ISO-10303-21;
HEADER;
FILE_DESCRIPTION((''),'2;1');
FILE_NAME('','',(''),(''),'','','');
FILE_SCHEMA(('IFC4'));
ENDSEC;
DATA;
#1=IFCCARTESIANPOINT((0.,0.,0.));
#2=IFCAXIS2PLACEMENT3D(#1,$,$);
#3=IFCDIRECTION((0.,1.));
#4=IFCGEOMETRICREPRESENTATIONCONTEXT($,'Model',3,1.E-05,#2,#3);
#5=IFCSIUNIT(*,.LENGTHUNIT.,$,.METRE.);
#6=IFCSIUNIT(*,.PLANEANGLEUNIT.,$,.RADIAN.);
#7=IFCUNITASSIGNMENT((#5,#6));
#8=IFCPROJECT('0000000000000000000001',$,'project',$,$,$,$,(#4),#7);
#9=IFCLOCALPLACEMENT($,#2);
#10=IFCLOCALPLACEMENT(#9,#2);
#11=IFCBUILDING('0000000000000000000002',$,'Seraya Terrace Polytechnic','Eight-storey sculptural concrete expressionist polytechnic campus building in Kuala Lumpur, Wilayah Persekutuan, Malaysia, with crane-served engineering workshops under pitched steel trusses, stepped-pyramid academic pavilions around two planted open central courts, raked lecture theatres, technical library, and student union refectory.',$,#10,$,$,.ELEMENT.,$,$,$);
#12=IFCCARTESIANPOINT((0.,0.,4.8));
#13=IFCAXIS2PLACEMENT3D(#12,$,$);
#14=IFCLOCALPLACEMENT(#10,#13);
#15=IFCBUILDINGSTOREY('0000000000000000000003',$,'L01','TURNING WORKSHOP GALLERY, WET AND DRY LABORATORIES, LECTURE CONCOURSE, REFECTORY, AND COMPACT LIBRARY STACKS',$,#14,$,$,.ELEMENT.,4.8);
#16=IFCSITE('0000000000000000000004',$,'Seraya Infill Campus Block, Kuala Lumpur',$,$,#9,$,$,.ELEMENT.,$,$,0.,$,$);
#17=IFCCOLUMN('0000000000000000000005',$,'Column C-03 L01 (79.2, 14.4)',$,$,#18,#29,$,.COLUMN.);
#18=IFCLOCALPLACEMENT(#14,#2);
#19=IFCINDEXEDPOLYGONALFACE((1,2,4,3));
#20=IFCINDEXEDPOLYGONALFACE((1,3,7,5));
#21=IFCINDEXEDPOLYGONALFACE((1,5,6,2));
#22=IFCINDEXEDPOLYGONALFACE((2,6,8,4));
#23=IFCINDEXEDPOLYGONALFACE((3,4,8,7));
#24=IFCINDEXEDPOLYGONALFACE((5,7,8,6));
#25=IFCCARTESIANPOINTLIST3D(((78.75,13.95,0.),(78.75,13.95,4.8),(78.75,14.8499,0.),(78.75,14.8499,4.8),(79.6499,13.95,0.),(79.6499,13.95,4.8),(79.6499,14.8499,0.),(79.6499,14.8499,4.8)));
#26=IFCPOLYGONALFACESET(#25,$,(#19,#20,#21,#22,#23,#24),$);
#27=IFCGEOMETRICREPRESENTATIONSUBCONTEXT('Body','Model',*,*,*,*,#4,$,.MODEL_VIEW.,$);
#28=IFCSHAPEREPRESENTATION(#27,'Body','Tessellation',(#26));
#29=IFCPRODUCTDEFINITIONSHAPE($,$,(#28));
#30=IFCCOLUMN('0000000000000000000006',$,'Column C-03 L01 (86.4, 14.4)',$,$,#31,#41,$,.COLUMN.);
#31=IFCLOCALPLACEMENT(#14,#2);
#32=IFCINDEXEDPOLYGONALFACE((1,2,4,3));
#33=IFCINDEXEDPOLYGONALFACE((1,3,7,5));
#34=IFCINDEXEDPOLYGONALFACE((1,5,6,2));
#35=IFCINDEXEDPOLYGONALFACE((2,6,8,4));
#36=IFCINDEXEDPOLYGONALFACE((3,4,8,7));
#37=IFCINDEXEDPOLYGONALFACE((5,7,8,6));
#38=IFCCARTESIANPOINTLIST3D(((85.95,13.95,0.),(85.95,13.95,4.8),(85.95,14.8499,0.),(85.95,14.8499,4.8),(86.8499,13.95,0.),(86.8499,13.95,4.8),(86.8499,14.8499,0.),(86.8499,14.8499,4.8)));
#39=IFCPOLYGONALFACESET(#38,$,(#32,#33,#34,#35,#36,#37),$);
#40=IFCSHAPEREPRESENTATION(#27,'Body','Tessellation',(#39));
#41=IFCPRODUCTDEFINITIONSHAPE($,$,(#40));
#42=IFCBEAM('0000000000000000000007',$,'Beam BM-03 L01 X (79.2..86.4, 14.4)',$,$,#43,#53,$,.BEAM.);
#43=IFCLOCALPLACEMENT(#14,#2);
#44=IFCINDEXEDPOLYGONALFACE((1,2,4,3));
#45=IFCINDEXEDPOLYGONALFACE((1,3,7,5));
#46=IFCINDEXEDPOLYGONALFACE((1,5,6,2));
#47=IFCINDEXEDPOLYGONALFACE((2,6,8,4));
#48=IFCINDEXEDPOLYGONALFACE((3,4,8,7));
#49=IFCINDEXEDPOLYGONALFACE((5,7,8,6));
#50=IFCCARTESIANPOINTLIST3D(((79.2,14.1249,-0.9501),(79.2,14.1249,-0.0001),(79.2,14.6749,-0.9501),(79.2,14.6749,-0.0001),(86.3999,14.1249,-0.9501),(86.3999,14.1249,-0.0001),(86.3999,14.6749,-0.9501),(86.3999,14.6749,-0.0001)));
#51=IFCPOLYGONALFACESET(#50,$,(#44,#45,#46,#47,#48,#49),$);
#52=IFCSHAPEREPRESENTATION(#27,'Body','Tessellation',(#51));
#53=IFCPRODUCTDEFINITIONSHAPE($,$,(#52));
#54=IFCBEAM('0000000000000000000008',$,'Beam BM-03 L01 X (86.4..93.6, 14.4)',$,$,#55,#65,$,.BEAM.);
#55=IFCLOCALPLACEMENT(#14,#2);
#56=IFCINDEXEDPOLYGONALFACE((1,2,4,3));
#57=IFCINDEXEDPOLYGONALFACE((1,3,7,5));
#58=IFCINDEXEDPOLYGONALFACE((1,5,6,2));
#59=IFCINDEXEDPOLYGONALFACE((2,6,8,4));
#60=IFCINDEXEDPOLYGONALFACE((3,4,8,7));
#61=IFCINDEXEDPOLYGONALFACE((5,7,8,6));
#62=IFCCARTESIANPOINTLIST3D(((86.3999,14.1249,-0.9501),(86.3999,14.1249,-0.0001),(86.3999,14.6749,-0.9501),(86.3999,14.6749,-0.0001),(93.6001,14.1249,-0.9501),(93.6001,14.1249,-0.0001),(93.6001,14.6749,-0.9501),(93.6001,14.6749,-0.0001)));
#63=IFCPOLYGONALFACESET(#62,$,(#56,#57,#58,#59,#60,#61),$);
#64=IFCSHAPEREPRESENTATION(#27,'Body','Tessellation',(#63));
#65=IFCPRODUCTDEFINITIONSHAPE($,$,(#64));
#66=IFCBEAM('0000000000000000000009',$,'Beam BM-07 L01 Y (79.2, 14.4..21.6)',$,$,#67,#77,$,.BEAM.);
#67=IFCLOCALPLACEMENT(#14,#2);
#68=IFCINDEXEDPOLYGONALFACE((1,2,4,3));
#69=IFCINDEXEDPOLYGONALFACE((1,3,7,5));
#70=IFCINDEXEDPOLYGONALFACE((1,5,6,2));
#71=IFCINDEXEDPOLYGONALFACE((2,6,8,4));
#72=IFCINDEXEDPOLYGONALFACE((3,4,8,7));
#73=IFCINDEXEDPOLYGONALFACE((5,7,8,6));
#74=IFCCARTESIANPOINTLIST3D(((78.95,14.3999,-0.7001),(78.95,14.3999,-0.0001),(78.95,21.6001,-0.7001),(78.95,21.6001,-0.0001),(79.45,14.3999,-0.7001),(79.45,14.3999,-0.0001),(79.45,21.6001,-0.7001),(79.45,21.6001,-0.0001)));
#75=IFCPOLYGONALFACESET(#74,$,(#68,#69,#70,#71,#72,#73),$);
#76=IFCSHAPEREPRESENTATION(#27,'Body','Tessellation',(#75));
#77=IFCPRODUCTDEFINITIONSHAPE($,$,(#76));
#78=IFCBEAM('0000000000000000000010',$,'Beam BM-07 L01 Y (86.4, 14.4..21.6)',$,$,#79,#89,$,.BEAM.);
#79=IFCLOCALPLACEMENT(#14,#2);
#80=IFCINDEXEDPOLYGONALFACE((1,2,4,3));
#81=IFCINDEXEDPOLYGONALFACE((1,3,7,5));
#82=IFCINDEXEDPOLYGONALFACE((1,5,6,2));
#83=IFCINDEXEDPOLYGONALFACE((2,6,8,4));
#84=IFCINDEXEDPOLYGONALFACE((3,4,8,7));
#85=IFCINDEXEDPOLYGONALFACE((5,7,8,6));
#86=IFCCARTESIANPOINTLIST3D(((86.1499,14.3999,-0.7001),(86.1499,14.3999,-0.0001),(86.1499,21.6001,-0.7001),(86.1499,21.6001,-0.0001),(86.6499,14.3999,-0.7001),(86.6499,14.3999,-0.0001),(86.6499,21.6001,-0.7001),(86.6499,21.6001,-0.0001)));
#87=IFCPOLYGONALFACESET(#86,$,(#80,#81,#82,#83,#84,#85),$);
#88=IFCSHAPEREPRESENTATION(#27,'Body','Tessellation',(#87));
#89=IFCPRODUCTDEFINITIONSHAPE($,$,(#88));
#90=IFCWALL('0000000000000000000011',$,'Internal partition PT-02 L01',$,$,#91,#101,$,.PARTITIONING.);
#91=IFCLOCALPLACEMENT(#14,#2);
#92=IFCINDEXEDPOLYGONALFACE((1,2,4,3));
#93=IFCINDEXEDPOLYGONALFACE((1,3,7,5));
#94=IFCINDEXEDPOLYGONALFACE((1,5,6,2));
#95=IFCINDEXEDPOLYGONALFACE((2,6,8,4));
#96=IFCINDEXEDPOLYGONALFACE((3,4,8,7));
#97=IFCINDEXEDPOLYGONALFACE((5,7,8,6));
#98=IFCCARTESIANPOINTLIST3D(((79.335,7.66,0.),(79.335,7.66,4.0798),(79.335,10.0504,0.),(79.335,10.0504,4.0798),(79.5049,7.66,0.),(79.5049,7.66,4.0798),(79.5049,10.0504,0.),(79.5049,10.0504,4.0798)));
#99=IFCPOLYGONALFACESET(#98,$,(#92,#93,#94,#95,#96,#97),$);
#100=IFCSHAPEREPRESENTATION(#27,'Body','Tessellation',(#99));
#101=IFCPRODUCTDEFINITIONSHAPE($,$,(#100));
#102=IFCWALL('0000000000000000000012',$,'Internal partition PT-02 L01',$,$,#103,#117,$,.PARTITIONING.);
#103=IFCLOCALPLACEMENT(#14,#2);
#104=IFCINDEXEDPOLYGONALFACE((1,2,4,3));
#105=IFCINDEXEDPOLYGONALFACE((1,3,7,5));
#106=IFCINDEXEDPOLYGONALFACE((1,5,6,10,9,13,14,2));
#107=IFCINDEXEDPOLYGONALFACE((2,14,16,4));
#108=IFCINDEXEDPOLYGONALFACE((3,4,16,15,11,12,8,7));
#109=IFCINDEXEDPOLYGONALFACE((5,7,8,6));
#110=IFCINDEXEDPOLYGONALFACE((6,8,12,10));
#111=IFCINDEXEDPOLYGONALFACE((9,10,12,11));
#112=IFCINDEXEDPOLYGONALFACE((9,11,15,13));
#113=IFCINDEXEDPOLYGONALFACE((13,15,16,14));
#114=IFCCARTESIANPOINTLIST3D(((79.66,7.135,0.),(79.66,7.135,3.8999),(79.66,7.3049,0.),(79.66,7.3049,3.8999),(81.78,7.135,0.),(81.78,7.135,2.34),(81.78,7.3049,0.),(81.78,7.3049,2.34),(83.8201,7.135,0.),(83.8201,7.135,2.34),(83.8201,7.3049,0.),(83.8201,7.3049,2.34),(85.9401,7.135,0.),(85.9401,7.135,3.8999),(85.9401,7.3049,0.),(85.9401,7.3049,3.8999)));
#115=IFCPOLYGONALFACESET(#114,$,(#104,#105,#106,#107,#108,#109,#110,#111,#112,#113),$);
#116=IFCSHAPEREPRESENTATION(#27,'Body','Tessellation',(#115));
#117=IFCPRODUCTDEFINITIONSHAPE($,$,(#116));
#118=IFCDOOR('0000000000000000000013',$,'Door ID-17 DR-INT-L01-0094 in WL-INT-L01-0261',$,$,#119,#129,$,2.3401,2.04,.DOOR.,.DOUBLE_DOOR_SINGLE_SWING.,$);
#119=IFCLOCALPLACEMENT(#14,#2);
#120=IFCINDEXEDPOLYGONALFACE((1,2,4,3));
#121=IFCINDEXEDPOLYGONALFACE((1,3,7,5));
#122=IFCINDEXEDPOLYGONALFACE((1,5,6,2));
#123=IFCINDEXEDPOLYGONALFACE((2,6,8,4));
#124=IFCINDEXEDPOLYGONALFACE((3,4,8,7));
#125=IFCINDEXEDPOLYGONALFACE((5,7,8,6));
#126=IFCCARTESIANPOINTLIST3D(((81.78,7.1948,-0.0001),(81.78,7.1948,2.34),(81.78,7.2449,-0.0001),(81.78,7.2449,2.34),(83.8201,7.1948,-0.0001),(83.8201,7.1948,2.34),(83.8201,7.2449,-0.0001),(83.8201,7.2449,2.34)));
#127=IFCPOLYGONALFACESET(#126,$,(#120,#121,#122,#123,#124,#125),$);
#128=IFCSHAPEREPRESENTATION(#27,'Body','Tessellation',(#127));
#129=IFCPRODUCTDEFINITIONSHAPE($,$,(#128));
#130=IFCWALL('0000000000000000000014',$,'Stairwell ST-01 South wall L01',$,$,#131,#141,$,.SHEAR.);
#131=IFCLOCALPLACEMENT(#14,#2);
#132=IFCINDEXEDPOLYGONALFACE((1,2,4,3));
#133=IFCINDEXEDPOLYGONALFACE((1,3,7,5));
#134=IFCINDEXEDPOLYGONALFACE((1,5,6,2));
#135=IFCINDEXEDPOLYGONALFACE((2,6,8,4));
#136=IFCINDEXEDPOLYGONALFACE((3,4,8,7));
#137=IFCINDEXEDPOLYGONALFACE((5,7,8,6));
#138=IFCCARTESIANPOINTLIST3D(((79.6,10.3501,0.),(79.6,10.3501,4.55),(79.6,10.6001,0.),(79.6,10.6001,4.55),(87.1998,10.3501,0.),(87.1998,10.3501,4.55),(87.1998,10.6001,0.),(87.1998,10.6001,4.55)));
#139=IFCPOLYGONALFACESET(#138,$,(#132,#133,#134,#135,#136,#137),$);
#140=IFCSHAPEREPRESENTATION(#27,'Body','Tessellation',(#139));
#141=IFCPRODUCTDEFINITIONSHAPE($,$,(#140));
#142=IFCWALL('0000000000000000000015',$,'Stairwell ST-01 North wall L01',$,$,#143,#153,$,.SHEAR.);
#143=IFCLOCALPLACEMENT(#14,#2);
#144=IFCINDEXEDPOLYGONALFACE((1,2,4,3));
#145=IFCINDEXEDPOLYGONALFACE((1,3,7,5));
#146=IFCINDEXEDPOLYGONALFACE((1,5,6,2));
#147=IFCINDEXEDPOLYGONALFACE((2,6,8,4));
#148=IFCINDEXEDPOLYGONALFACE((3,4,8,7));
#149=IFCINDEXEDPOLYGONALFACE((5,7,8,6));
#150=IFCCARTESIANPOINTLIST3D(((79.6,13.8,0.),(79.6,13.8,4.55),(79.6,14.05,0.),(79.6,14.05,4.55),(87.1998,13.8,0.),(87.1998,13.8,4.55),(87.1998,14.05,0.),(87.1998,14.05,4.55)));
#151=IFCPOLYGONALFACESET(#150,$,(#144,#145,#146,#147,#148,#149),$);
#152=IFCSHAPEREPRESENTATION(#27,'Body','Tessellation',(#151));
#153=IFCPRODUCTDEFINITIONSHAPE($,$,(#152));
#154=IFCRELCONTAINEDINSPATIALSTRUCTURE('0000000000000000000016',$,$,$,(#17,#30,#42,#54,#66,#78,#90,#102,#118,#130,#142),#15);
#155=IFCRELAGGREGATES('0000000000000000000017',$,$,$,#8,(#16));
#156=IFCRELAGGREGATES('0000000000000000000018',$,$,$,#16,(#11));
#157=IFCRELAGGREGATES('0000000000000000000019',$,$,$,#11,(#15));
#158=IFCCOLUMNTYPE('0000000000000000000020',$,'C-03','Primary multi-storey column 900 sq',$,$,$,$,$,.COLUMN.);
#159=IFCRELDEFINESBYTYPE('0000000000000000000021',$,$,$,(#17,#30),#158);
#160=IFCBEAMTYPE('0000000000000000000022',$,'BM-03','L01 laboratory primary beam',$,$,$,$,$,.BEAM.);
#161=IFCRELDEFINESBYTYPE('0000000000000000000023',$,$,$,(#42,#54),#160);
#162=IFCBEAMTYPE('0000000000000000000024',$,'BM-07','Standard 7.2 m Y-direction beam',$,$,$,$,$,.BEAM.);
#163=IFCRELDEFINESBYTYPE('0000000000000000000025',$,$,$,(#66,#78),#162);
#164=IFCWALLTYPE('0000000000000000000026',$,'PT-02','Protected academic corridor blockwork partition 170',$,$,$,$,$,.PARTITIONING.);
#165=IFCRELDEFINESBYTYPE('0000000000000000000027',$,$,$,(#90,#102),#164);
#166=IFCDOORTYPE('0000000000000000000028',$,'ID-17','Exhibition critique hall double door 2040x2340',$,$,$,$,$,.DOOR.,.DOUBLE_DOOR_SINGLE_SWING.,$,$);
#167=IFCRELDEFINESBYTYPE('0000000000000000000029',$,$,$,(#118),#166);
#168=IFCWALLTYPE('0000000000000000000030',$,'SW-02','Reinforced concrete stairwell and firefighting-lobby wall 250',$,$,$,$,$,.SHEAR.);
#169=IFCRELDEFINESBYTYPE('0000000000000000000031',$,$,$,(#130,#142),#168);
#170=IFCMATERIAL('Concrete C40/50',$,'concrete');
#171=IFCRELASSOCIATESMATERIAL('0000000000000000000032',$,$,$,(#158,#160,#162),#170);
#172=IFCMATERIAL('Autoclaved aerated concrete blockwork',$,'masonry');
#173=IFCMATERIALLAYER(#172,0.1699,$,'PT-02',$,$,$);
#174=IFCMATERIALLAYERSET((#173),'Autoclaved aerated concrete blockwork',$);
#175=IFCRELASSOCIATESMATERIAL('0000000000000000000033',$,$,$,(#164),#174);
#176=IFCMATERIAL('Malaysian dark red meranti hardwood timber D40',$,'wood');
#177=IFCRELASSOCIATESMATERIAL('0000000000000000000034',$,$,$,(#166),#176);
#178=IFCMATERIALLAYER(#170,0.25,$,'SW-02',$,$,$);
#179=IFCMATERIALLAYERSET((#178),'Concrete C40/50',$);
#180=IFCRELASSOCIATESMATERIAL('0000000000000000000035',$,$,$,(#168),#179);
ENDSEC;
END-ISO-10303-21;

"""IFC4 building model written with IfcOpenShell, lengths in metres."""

from ifc_helpers import new_model, si_unit, direction, frame, frame_2d, origin, origin_2d, place, context, subcontext, project, spatial, rectangle, extrude, material, layer, layer_set, material_profile, profile_set, type_object, element, fill, save


model = new_model("IFC4")

# Units and contexts
model_context = context("Model", 3, precision=1e-05, world=origin(), true_north=direction((0.0, 1.0)))
body_context = subcontext(model_context, "Body", "Model", "MODEL_VIEW")
ifc_project = project(units=[si_unit("LENGTHUNIT", "METRE"), si_unit("PLANEANGLEUNIT", "RADIAN")], contexts=[model_context])

# Site, building, storey
site_placement = place(None, origin())
site = spatial("IfcSite", under=ifc_project, at=site_placement, Name="Seraya Infill Campus Block, Kuala Lumpur", CompositionType="ELEMENT", RefElevation=0.0)
building_placement = place(site_placement, origin())
building = spatial("IfcBuilding", under=site, at=building_placement, Name="Seraya Terrace Polytechnic", Description="Eight-storey sculptural concrete expressionist polytechnic campus building in Kuala Lumpur, Wilayah Persekutuan, Malaysia, with crane-served engineering workshops under pitched steel trusses, stepped-pyramid academic pavilions around two planted open central courts, raked lecture theatres, technical library, and student union refectory.", CompositionType="ELEMENT")
storey_placement = place(building_placement, frame((0.0, 0.0, 4.8)))
storey = spatial("IfcBuildingStorey", under=building, at=storey_placement, Name="L01", Description="TURNING WORKSHOP GALLERY, WET AND DRY LABORATORIES, LECTURE CONCOURSE, REFECTORY, AND COMPACT LIBRARY STACKS", CompositionType="ELEMENT", Elevation=4.8)

# Columns
ifc_material_1 = material(Name="Concrete C40/50", Category="concrete")
ifc_material_profile_1 = material_profile(ifc_material_1, rectangle(XDim=0.8999, YDim=0.8999, at=origin_2d()), Name="RC 900x900")
ifc_profile_set_1 = profile_set([ifc_material_profile_1], Name="Concrete C40/50")
column_type = type_object("IfcColumnType", Name="C-03", Description="Primary multi-storey column 900 sq", PredefinedType="COLUMN", material=ifc_profile_set_1)
for number, where, z_axis, x_axis, name in (
    (1, (79.2, 14.3999, 0.0), (0.0, 0.0, 1.0), (1.0, 0.0, 0.0), "Column C-03 L01 (79.2, 14.4)"),
    (2, (86.3999, 14.3999, 0.0), (0.0, 0.0, 1.0), (1.0, 0.0, 0.0), "Column C-03 L01 (86.4, 14.4)"),
):
    element("IfcColumn", number, at=place(storey_placement, frame(where, z_axis=z_axis, x_axis=x_axis)), inside=storey, type_object=column_type, Name=name, PredefinedType="COLUMN", context=body_context, shape_type="SweptSolid", body=[
        extrude(rectangle(XDim=0.8999, YDim=0.8999, at=origin_2d()), origin(), (0.0, 0.0, 1.0), 4.8),
    ])

# Beams
ifc_material_profile_2 = material_profile(ifc_material_1, rectangle(XDim=0.55, YDim=0.95, at=origin_2d()), Name="RC 550x950")
ifc_profile_set_2 = profile_set([ifc_material_profile_2], Name="Concrete C40/50")
beam_type_1 = type_object("IfcBeamType", Name="BM-03", Description="L01 laboratory primary beam", PredefinedType="BEAM", material=ifc_profile_set_2)
beam_1_placement = place(storey_placement, frame((79.2, 14.3999, -0.4751), z_axis=(1.0, 0.0, 0.0), x_axis=(0.0, 1.0, 0.0)))
element("IfcBeam", 3, at=beam_1_placement, inside=storey, type_object=beam_type_1, Name="Beam BM-03 L01 X (79.2..86.4, 14.4)", PredefinedType="BEAM", context=body_context, shape_type="SweptSolid", body=[
    extrude(rectangle(XDim=0.55, YDim=0.95, at=origin_2d()), origin(), (0.0, 0.0, 1.0), 7.2),
])
beam_2_placement = place(storey_placement, frame((86.3999, 14.3999, -0.4751), z_axis=(1.0, 0.0, 0.0), x_axis=(0.0, 1.0, 0.0)))
element("IfcBeam", 4, at=beam_2_placement, inside=storey, type_object=beam_type_1, Name="Beam BM-03 L01 X (86.4..93.6, 14.4)", PredefinedType="BEAM", context=body_context, shape_type="SweptSolid", body=[
    extrude(rectangle(XDim=0.55, YDim=0.95, at=origin_2d()), origin(), (0.0, 0.0, 1.0), 7.2002),
])
ifc_material_profile_3 = material_profile(ifc_material_1, rectangle(XDim=0.5, YDim=0.7, at=origin_2d()), Name="RC 500x700")
ifc_profile_set_3 = profile_set([ifc_material_profile_3], Name="Concrete C40/50")
beam_type_2 = type_object("IfcBeamType", Name="BM-07", Description="Standard 7.2 m Y-direction beam", PredefinedType="BEAM", material=ifc_profile_set_3)
for number, where, z_axis, x_axis, name in (
    (5, (79.2, 14.3999, -0.3501), (0.0, 1.0, 0.0), (-1.0, 0.0, 0.0), "Beam BM-07 L01 Y (79.2, 14.4..21.6)"),
    (6, (86.3999, 14.3999, -0.3501), (0.0, 1.0, 0.0), (-1.0, 0.0, 0.0), "Beam BM-07 L01 Y (86.4, 14.4..21.6)"),
):
    element("IfcBeam", number, at=place(storey_placement, frame(where, z_axis=z_axis, x_axis=x_axis)), inside=storey, type_object=beam_type_2, Name=name, PredefinedType="BEAM", context=body_context, shape_type="SweptSolid", body=[
        extrude(rectangle(XDim=0.5, YDim=0.7, at=origin_2d()), origin(), (0.0, 0.0, 1.0), 7.2002),
    ])

# Wall
ifc_material_2 = material(Name="Autoclaved aerated concrete blockwork", Category="masonry")
ifc_layer_1 = layer(ifc_material_2, 0.1699, Name="PT-02")
ifc_layer_set_1 = layer_set([ifc_layer_1], Name="Autoclaved aerated concrete blockwork")
wall_type_1 = type_object("IfcWallType", Name="PT-02", Description="Protected academic corridor blockwork partition 170", PredefinedType="PARTITIONING", material=ifc_layer_set_1)
wall_1_placement = place(storey_placement, frame((79.4199, 7.6599, 0.0), z_axis=(0.0, 0.0, 1.0), x_axis=(0.0, 1.0, 0.0)))
element("IfcWall", 7, at=wall_1_placement, inside=storey, type_object=wall_type_1, Name="Internal partition PT-02 L01", PredefinedType="PARTITIONING", context=body_context, shape_type="SweptSolid", body=[
    extrude(rectangle(XDim=2.3904, YDim=0.1699, at=frame_2d((1.1953, 0.0))), origin(), (0.0, 0.0, 1.0), 4.0798),
])

# Wall, opening, door
wall_2_placement = place(storey_placement, frame((79.6599, 7.22, 0.0), z_axis=(0.0, 0.0, 1.0), x_axis=(1.0, 0.0, 0.0)))
wall_2 = element("IfcWall", 8, at=wall_2_placement, inside=storey, type_object=wall_type_1, Name="Internal partition PT-02 L01", PredefinedType="PARTITIONING", context=body_context, shape_type="SweptSolid", body=[
    extrude(rectangle(XDim=6.28, YDim=0.1699, at=frame_2d((3.1401, 0.0))), origin(), (0.0, 0.0, 1.0), 3.8999),
])
opening_1_placement = place(wall_2_placement, frame((2.1201, 0.0, 0.0)))
opening_1 = element("IfcOpeningElement", 9, at=opening_1_placement, cuts=wall_2, PredefinedType="OPENING", context=body_context, shape_type="SweptSolid", body=[
    extrude(rectangle(XDim=2.04, YDim=2.3401, at=frame_2d((1.02, 1.1699))), frame((0.0, 0.0969, 0.0), z_axis=(0.0, -1.0, 0.0), x_axis=(1.0, 0.0, 0.0)), (0.0, 0.0, 1.0), 0.1938),
])
ifc_material_3 = material(Name="Malaysian dark red meranti hardwood timber D40", Category="wood")
door_type_1 = type_object("IfcDoorType", Name="ID-17", Description="Exhibition critique hall double door 2040x2340", OperationType="DOUBLE_DOOR_SINGLE_SWING", PredefinedType="DOOR", material=ifc_material_3)
door_1_placement = place(opening_1_placement, origin())
door_1 = element("IfcDoor", 10, at=door_1_placement, inside=storey, type_object=door_type_1, Name="Door ID-17 DR-INT-L01-0094 in WL-INT-L01-0261", OperationType="DOUBLE_DOOR_SINGLE_SWING", OverallHeight=2.3401, OverallWidth=2.04, PredefinedType="DOOR", context=body_context, shape_type="SweptSolid", body=[
    extrude(rectangle(XDim=2.04, YDim=2.3401, at=frame_2d((1.02, 1.1699))), frame((0.0, 0.0249, 0.0), z_axis=(0.0, -1.0, 0.0), x_axis=(1.0, 0.0, 0.0)), (0.0, 0.0, 1.0), 0.05),
])
fill(opening_1, door_1)
ifc_layer_2 = layer(ifc_material_1, 0.25, Name="SW-02")
ifc_layer_set_2 = layer_set([ifc_layer_2], Name="Concrete C40/50")
wall_type_2 = type_object("IfcWallType", Name="SW-02", Description="Reinforced concrete stairwell and firefighting-lobby wall 250", PredefinedType="SHEAR", material=ifc_layer_set_2)

# Walls
for number, where, z_axis, x_axis, name in (
    (11, (79.6001, 10.4751, 0.0), (0.0, 0.0, 1.0), (1.0, 0.0, 0.0), "Stairwell ST-01 South wall L01"),
    (12, (79.6001, 13.925, 0.0), (0.0, 0.0, 1.0), (1.0, 0.0, 0.0), "Stairwell ST-01 North wall L01"),
):
    element("IfcWall", number, at=place(storey_placement, frame(where, z_axis=z_axis, x_axis=x_axis)), inside=storey, type_object=wall_type_2, Name=name, PredefinedType="SHEAR", context=body_context, shape_type="SweptSolid", body=[
        extrude(rectangle(XDim=7.5999, YDim=0.25, at=frame_2d((3.7998, 0.0))), origin(), (0.0, 0.0, 1.0), 4.55),
    ])

save(model, "model.ifc")
